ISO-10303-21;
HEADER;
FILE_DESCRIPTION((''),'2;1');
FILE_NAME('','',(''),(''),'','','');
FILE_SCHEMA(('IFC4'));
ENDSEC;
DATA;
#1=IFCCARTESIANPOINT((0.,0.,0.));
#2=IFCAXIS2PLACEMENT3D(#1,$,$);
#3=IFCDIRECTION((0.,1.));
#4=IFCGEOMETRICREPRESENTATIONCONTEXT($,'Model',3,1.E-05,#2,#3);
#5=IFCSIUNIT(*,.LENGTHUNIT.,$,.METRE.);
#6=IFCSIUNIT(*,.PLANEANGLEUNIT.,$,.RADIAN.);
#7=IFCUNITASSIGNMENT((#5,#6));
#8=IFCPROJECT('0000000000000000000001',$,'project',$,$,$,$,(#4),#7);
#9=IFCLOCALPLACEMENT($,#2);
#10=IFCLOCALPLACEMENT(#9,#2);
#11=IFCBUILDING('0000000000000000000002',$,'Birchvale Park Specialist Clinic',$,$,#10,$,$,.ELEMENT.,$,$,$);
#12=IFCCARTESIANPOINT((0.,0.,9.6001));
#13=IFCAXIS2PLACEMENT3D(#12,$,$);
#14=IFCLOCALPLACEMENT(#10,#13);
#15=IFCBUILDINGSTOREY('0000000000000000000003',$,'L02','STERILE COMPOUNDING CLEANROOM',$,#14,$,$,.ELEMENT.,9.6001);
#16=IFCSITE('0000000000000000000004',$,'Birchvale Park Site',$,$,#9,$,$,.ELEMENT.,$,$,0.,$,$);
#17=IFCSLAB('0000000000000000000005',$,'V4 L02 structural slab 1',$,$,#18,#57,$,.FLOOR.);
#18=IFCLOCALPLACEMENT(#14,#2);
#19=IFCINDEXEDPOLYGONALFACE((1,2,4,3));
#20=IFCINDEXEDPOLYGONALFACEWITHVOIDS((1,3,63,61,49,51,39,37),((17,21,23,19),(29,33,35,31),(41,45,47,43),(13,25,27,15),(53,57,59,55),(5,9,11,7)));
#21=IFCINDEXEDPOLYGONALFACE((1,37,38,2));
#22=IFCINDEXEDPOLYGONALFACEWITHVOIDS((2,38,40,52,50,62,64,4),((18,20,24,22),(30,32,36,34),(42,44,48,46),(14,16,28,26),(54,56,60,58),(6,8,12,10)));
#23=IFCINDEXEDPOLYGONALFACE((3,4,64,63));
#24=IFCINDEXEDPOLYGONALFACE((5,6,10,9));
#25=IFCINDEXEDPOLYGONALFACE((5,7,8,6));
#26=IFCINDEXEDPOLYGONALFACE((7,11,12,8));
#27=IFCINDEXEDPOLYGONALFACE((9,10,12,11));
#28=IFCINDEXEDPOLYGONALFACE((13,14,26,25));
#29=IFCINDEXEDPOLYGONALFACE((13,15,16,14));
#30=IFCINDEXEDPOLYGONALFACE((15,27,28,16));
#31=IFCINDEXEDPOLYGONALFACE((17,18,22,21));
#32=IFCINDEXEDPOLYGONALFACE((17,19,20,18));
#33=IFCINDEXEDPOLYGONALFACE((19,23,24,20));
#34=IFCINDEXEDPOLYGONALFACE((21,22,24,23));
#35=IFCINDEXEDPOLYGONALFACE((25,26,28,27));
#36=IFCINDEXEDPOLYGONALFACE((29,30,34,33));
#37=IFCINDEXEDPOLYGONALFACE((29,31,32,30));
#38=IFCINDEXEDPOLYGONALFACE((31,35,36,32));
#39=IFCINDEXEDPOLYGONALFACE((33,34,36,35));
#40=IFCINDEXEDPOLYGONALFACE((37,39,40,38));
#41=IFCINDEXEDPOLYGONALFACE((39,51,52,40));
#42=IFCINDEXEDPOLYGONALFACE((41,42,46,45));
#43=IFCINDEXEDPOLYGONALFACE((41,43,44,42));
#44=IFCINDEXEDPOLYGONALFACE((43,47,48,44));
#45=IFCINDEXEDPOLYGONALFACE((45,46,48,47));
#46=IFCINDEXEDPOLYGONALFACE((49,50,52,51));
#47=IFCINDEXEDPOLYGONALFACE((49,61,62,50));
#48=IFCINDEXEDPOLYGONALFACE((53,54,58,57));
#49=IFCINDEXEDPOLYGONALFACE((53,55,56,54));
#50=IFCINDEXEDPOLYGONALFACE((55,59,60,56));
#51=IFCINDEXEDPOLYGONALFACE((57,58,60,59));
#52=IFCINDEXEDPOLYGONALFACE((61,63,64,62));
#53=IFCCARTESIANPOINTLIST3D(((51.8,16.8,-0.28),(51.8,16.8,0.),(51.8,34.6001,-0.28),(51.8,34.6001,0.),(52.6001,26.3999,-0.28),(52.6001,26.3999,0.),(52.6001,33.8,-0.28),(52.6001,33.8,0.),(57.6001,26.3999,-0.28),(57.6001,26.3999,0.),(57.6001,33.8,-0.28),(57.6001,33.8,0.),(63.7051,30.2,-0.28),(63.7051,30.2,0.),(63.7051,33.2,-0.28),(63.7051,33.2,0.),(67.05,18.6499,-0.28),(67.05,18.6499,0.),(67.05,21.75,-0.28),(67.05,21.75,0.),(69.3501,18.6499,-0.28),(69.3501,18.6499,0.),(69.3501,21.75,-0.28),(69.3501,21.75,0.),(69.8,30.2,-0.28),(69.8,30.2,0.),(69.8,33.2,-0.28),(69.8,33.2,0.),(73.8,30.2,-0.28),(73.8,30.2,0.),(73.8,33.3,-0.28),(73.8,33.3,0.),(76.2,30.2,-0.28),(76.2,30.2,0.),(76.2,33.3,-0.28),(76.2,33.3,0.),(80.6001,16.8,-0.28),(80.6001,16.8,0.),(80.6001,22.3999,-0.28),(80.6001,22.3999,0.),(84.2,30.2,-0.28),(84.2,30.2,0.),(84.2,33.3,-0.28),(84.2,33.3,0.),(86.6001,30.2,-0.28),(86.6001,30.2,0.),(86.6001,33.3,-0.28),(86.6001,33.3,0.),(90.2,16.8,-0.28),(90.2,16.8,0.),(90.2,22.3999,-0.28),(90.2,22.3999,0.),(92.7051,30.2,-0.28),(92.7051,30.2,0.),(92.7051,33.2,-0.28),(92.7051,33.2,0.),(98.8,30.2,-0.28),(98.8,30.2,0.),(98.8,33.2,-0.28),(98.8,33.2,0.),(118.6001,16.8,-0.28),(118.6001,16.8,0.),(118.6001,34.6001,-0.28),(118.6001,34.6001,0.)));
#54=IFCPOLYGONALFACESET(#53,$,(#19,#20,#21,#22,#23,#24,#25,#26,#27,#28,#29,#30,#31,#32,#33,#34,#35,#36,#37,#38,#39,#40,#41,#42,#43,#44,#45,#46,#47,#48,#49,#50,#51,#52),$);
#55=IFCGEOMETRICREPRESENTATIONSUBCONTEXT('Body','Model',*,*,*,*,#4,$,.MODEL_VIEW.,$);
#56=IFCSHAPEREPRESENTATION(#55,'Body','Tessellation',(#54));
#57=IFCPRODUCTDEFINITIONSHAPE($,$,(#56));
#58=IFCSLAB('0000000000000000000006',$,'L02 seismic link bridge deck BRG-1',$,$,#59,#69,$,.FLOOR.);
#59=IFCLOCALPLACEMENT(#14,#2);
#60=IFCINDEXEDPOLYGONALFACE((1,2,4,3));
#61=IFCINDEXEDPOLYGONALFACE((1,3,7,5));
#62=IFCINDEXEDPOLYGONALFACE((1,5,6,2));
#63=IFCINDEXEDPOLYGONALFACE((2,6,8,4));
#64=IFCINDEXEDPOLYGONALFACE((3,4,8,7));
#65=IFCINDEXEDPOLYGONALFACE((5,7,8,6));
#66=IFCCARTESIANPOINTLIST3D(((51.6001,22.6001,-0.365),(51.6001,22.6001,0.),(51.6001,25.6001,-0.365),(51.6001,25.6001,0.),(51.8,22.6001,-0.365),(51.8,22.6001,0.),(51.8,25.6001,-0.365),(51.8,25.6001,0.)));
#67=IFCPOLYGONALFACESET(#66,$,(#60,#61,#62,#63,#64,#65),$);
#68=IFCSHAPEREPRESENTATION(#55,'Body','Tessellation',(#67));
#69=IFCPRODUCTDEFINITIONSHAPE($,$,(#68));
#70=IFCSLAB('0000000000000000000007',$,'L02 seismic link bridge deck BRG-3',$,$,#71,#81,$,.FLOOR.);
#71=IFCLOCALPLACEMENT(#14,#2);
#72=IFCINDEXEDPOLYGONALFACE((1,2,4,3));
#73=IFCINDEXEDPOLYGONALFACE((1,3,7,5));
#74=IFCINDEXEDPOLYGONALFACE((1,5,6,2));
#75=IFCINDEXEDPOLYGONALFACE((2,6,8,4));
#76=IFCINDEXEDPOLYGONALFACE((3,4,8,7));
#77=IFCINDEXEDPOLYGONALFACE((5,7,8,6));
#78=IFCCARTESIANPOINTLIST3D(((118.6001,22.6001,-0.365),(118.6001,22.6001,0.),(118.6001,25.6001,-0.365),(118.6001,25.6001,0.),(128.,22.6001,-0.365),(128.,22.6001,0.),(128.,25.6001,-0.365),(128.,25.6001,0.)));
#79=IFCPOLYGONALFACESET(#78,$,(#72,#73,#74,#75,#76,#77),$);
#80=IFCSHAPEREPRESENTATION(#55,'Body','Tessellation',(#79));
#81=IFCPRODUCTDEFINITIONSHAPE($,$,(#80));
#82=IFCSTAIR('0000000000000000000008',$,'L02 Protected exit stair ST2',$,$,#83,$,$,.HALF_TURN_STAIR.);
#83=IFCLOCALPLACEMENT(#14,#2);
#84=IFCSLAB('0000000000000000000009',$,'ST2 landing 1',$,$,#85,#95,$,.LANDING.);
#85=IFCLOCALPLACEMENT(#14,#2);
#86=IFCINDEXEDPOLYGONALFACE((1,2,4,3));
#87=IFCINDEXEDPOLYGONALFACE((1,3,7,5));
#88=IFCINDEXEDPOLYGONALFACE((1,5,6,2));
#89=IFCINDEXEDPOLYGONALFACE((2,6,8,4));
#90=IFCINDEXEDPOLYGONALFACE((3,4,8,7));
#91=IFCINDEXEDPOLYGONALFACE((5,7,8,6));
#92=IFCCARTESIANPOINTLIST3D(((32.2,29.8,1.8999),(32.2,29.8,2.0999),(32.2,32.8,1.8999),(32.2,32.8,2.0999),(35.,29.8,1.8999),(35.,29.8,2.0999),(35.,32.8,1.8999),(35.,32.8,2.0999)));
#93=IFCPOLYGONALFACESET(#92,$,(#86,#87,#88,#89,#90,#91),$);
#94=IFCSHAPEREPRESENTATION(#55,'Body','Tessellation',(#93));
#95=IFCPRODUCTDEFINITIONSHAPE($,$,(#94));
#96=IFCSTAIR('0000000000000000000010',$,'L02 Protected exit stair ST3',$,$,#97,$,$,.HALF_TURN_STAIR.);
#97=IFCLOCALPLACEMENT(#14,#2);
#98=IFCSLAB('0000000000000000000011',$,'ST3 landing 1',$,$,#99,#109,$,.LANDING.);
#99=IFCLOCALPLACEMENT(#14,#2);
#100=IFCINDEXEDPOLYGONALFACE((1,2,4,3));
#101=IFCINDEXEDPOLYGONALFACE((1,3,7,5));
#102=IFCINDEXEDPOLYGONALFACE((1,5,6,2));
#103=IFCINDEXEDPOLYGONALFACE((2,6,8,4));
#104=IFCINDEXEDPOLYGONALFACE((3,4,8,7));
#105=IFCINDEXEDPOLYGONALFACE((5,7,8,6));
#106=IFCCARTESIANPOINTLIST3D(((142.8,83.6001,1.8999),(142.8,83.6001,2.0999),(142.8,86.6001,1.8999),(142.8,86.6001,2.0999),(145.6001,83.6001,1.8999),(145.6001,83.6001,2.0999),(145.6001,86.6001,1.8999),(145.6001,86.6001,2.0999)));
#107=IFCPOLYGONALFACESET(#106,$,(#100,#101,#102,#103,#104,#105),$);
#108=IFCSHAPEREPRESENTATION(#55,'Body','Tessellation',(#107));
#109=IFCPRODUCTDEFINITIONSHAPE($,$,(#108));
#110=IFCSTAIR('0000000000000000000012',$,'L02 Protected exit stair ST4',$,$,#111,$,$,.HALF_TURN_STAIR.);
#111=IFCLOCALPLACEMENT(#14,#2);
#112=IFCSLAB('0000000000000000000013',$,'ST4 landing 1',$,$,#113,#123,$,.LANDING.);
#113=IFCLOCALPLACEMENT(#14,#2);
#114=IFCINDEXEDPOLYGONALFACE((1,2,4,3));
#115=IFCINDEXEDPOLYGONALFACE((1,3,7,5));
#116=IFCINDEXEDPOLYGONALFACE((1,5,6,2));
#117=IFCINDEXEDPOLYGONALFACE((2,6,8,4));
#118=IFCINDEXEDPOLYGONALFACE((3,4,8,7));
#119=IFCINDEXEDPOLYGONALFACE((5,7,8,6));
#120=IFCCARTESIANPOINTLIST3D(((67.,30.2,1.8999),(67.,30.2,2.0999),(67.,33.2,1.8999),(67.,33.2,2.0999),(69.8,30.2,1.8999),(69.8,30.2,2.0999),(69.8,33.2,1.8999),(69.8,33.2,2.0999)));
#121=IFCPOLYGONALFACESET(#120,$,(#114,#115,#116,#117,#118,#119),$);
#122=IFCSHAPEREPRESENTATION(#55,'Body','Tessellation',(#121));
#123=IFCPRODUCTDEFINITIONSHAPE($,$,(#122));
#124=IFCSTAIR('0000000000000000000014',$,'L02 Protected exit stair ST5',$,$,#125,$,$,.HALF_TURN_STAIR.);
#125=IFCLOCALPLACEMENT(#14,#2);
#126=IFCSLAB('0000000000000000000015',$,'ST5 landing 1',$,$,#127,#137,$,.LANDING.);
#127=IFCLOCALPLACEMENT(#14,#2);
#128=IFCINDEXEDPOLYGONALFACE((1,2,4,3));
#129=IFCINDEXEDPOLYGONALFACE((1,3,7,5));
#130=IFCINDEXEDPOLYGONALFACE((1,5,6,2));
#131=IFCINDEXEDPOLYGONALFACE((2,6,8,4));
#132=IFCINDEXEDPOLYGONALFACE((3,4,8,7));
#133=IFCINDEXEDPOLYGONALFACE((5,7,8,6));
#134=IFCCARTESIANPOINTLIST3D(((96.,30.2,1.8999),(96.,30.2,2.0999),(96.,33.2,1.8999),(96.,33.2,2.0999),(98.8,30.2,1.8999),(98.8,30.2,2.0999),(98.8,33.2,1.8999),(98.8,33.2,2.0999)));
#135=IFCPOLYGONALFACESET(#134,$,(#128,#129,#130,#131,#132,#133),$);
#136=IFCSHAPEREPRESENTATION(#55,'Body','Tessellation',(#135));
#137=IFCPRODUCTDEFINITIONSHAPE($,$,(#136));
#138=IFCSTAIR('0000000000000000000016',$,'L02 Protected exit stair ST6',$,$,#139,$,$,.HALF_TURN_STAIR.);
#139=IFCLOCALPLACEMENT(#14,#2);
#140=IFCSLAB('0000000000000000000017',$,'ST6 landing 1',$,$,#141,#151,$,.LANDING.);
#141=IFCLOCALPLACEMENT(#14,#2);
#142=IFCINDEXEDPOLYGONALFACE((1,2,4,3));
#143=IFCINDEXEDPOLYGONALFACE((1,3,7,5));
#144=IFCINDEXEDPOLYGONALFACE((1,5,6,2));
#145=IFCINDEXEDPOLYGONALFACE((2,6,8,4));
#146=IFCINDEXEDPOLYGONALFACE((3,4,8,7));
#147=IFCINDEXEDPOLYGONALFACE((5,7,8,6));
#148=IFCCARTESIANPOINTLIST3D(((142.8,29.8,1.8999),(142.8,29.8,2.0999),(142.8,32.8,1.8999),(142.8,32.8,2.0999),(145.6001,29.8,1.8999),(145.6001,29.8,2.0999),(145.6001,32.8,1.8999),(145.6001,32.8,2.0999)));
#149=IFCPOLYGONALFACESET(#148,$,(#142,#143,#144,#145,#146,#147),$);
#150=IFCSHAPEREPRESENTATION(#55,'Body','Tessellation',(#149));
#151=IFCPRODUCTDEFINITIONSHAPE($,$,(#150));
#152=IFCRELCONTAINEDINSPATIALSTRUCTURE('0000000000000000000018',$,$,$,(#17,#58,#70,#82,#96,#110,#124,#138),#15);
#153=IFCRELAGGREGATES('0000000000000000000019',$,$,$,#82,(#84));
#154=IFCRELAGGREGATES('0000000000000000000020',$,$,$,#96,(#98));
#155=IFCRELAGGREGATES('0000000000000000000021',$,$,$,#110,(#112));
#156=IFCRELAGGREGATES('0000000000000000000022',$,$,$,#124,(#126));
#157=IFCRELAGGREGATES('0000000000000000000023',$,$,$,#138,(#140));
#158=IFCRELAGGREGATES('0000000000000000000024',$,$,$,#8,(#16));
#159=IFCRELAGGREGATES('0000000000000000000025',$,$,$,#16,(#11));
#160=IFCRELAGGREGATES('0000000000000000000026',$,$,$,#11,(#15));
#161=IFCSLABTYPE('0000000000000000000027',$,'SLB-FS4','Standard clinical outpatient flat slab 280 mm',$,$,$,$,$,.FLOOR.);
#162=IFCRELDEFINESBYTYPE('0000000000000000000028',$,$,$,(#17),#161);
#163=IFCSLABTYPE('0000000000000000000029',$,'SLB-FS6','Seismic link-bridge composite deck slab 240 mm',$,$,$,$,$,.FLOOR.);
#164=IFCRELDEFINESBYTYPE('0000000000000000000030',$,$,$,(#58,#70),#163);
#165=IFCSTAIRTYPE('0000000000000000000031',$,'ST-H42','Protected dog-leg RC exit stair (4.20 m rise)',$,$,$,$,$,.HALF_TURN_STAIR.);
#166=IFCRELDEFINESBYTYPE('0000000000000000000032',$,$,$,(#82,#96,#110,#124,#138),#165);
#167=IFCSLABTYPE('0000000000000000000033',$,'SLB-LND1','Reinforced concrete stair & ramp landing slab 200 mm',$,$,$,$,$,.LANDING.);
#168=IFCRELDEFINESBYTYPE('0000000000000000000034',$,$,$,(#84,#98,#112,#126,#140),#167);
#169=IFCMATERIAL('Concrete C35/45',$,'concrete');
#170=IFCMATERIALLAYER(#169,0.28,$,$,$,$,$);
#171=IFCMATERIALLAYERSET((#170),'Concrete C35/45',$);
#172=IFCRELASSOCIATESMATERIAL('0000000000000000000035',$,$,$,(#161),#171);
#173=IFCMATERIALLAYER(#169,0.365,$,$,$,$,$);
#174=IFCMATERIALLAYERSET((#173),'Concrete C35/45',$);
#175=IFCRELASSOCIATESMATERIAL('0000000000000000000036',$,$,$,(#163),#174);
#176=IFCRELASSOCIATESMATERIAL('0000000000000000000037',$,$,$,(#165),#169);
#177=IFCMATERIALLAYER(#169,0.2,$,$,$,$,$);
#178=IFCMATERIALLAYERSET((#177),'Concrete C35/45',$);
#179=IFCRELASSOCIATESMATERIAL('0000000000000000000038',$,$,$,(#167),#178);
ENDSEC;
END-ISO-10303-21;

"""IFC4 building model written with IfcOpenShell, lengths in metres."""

from ifc_helpers import new_model, si_unit, direction, frame, origin, place, context, subcontext, project, spatial, polyline, outline, extrude, material, layer, layer_set, type_object, element, aggregate, save


model = new_model("IFC4")

# Units and contexts
model_context = context("Model", 3, precision=1e-05, world=origin(), true_north=direction((0.0, 1.0)))
body_context = subcontext(model_context, "Body", "Model", "MODEL_VIEW")
ifc_project = project(units=[si_unit("LENGTHUNIT", "METRE"), si_unit("PLANEANGLEUNIT", "RADIAN")], contexts=[model_context])

# Site, building, storey
site_placement = place(None, origin())
site = spatial("IfcSite", under=ifc_project, at=site_placement, Name="Birchvale Park Site", CompositionType="ELEMENT", RefElevation=0.0)
building_placement = place(site_placement, origin())
building = spatial("IfcBuilding", under=site, at=building_placement, Name="Birchvale Park Specialist Clinic", CompositionType="ELEMENT")
storey_placement = place(building_placement, frame((0.0, 0.0, 9.6001)))
storey = spatial("IfcBuildingStorey", under=building, at=storey_placement, Name="L02", Description="STERILE COMPOUNDING CLEANROOM", CompositionType="ELEMENT", Elevation=9.6001)

# Slabs
ifc_material_1 = material(Name="Concrete C35/45", Category="concrete")
ifc_layer_1 = layer(ifc_material_1, 0.28)
ifc_layer_set_1 = layer_set([ifc_layer_1], Name="Concrete C35/45")
slab_type_1 = type_object("IfcSlabType", Name="SLB-FS4", Description="Standard clinical outpatient flat slab 280 mm", PredefinedType="FLOOR", material=ifc_layer_set_1)
slab_1_placement = place(storey_placement, frame((0.0, 0.0, -0.28)))
element("IfcSlab", 1, at=slab_1_placement, inside=storey, type_object=slab_type_1, Name="V4 L02 structural slab 1", PredefinedType="FLOOR", context=body_context, shape_type="SweptSolid", body=[
    extrude(outline(polyline([(51.8, 16.8), (80.6001, 16.8), (80.6001, 22.3999), (90.2, 22.3999), (90.2, 16.8), (118.6001, 16.8), (118.6001, 34.6001), (51.8, 34.6001), (51.8, 16.8)]), holes=[polyline([(52.6001, 26.3999), (57.6001, 26.3999), (57.6001, 33.8), (52.6001, 33.8), (52.6001, 26.3999)]), polyline([(63.7051, 30.2), (69.8, 30.2), (69.8, 33.2), (63.7051, 33.2), (63.7051, 30.2)]), polyline([(92.7051, 30.2), (98.8, 30.2), (98.8, 33.2), (92.7051, 33.2), (92.7051, 30.2)]), polyline([(73.8, 30.2), (76.2, 30.2), (76.2, 33.3), (73.8, 33.3), (73.8, 30.2)]), polyline([(84.2, 30.2), (86.6001, 30.2), (86.6001, 33.3), (84.2, 33.3), (84.2, 30.2)]), polyline([(67.05, 18.6499), (69.3501, 18.6499), (69.3501, 21.75), (67.05, 21.75), (67.05, 18.6499)])]), origin(), (0.0, 0.0, 1.0), 0.28),
])
ifc_layer_2 = layer(ifc_material_1, 0.365)
ifc_layer_set_2 = layer_set([ifc_layer_2], Name="Concrete C35/45")
slab_type_2 = type_object("IfcSlabType", Name="SLB-FS6", Description="Seismic link-bridge composite deck slab 240 mm", PredefinedType="FLOOR", material=ifc_layer_set_2)
slab_2_placement = place(storey_placement, frame((0.0, 0.0, -0.365)))
element("IfcSlab", 2, at=slab_2_placement, inside=storey, type_object=slab_type_2, Name="L02 seismic link bridge deck BRG-1", PredefinedType="FLOOR", context=body_context, shape_type="SweptSolid", body=[
    extrude(outline(polyline([(51.6001, 22.6001), (51.8, 22.6001), (51.8, 25.6001), (51.6001, 25.6001), (51.6001, 22.6001)])), origin(), (0.0, 0.0, 1.0), 0.365),
])
slab_3_placement = place(storey_placement, frame((0.0, 0.0, -0.365)))
element("IfcSlab", 3, at=slab_3_placement, inside=storey, type_object=slab_type_2, Name="L02 seismic link bridge deck BRG-3", PredefinedType="FLOOR", context=body_context, shape_type="SweptSolid", body=[
    extrude(outline(polyline([(118.6001, 22.6001), (128.0, 22.6001), (128.0, 25.6001), (118.6001, 25.6001), (118.6001, 22.6001)])), origin(), (0.0, 0.0, 1.0), 0.365),
])

# Stairs, slabs
stair_type = type_object("IfcStairType", Name="ST-H42", Description="Protected dog-leg RC exit stair (4.20 m rise)", PredefinedType="HALF_TURN_STAIR", material=ifc_material_1)
stair_1_placement = place(storey_placement, origin())
stair_1 = element("IfcStair", 4, at=stair_1_placement, inside=storey, type_object=stair_type, Name="L02 Protected exit stair ST2", PredefinedType="HALF_TURN_STAIR")
ifc_layer_3 = layer(ifc_material_1, 0.2)
ifc_layer_set_3 = layer_set([ifc_layer_3], Name="Concrete C35/45")
slab_type_3 = type_object("IfcSlabType", Name="SLB-LND1", Description="Reinforced concrete stair & ramp landing slab 200 mm", PredefinedType="LANDING", material=ifc_layer_set_3)
slab_4_placement = place(storey_placement, frame((0.0, 0.0, 1.8999)))
slab_4 = element("IfcSlab", 5, at=slab_4_placement, type_object=slab_type_3, Name="ST2 landing 1", PredefinedType="LANDING", context=body_context, shape_type="SweptSolid", body=[
    extrude(outline(polyline([(32.2, 29.8), (35.0, 29.8), (35.0, 32.8), (32.2, 32.8), (32.2, 29.8)])), origin(), (0.0, 0.0, 1.0), 0.2),
])
aggregate(stair_1, [slab_4])
stair_2_placement = place(storey_placement, origin())
stair_2 = element("IfcStair", 6, at=stair_2_placement, inside=storey, type_object=stair_type, Name="L02 Protected exit stair ST3", PredefinedType="HALF_TURN_STAIR")
slab_5_placement = place(storey_placement, frame((0.0, 0.0, 1.8999)))
slab_5 = element("IfcSlab", 7, at=slab_5_placement, type_object=slab_type_3, Name="ST3 landing 1", PredefinedType="LANDING", context=body_context, shape_type="SweptSolid", body=[
    extrude(outline(polyline([(142.8, 83.6001), (145.6001, 83.6001), (145.6001, 86.6001), (142.8, 86.6001), (142.8, 83.6001)])), origin(), (0.0, 0.0, 1.0), 0.2),
])
aggregate(stair_2, [slab_5])
stair_3_placement = place(storey_placement, origin())
stair_3 = element("IfcStair", 8, at=stair_3_placement, inside=storey, type_object=stair_type, Name="L02 Protected exit stair ST4", PredefinedType="HALF_TURN_STAIR")
slab_6_placement = place(storey_placement, frame((0.0, 0.0, 1.8999)))
slab_6 = element("IfcSlab", 9, at=slab_6_placement, type_object=slab_type_3, Name="ST4 landing 1", PredefinedType="LANDING", context=body_context, shape_type="SweptSolid", body=[
    extrude(outline(polyline([(67.0, 30.2), (69.8, 30.2), (69.8, 33.2), (67.0, 33.2), (67.0, 30.2)])), origin(), (0.0, 0.0, 1.0), 0.2),
])
aggregate(stair_3, [slab_6])
stair_4_placement = place(storey_placement, origin())
stair_4 = element("IfcStair", 10, at=stair_4_placement, inside=storey, type_object=stair_type, Name="L02 Protected exit stair ST5", PredefinedType="HALF_TURN_STAIR")
slab_7_placement = place(storey_placement, frame((0.0, 0.0, 1.8999)))
slab_7 = element("IfcSlab", 11, at=slab_7_placement, type_object=slab_type_3, Name="ST5 landing 1", PredefinedType="LANDING", context=body_context, shape_type="SweptSolid", body=[
    extrude(outline(polyline([(96.0, 30.2), (98.8, 30.2), (98.8, 33.2), (96.0, 33.2), (96.0, 30.2)])), origin(), (0.0, 0.0, 1.0), 0.2),
])
aggregate(stair_4, [slab_7])
stair_5_placement = place(storey_placement, origin())
stair_5 = element("IfcStair", 12, at=stair_5_placement, inside=storey, type_object=stair_type, Name="L02 Protected exit stair ST6", PredefinedType="HALF_TURN_STAIR")
slab_8_placement = place(storey_placement, frame((0.0, 0.0, 1.8999)))
slab_8 = element("IfcSlab", 13, at=slab_8_placement, type_object=slab_type_3, Name="ST6 landing 1", PredefinedType="LANDING", context=body_context, shape_type="SweptSolid", body=[
    extrude(outline(polyline([(142.8, 29.8), (145.6001, 29.8), (145.6001, 32.8), (142.8, 32.8), (142.8, 29.8)])), origin(), (0.0, 0.0, 1.0), 0.2),
])
aggregate(stair_5, [slab_8])

save(model, "model.ifc")
